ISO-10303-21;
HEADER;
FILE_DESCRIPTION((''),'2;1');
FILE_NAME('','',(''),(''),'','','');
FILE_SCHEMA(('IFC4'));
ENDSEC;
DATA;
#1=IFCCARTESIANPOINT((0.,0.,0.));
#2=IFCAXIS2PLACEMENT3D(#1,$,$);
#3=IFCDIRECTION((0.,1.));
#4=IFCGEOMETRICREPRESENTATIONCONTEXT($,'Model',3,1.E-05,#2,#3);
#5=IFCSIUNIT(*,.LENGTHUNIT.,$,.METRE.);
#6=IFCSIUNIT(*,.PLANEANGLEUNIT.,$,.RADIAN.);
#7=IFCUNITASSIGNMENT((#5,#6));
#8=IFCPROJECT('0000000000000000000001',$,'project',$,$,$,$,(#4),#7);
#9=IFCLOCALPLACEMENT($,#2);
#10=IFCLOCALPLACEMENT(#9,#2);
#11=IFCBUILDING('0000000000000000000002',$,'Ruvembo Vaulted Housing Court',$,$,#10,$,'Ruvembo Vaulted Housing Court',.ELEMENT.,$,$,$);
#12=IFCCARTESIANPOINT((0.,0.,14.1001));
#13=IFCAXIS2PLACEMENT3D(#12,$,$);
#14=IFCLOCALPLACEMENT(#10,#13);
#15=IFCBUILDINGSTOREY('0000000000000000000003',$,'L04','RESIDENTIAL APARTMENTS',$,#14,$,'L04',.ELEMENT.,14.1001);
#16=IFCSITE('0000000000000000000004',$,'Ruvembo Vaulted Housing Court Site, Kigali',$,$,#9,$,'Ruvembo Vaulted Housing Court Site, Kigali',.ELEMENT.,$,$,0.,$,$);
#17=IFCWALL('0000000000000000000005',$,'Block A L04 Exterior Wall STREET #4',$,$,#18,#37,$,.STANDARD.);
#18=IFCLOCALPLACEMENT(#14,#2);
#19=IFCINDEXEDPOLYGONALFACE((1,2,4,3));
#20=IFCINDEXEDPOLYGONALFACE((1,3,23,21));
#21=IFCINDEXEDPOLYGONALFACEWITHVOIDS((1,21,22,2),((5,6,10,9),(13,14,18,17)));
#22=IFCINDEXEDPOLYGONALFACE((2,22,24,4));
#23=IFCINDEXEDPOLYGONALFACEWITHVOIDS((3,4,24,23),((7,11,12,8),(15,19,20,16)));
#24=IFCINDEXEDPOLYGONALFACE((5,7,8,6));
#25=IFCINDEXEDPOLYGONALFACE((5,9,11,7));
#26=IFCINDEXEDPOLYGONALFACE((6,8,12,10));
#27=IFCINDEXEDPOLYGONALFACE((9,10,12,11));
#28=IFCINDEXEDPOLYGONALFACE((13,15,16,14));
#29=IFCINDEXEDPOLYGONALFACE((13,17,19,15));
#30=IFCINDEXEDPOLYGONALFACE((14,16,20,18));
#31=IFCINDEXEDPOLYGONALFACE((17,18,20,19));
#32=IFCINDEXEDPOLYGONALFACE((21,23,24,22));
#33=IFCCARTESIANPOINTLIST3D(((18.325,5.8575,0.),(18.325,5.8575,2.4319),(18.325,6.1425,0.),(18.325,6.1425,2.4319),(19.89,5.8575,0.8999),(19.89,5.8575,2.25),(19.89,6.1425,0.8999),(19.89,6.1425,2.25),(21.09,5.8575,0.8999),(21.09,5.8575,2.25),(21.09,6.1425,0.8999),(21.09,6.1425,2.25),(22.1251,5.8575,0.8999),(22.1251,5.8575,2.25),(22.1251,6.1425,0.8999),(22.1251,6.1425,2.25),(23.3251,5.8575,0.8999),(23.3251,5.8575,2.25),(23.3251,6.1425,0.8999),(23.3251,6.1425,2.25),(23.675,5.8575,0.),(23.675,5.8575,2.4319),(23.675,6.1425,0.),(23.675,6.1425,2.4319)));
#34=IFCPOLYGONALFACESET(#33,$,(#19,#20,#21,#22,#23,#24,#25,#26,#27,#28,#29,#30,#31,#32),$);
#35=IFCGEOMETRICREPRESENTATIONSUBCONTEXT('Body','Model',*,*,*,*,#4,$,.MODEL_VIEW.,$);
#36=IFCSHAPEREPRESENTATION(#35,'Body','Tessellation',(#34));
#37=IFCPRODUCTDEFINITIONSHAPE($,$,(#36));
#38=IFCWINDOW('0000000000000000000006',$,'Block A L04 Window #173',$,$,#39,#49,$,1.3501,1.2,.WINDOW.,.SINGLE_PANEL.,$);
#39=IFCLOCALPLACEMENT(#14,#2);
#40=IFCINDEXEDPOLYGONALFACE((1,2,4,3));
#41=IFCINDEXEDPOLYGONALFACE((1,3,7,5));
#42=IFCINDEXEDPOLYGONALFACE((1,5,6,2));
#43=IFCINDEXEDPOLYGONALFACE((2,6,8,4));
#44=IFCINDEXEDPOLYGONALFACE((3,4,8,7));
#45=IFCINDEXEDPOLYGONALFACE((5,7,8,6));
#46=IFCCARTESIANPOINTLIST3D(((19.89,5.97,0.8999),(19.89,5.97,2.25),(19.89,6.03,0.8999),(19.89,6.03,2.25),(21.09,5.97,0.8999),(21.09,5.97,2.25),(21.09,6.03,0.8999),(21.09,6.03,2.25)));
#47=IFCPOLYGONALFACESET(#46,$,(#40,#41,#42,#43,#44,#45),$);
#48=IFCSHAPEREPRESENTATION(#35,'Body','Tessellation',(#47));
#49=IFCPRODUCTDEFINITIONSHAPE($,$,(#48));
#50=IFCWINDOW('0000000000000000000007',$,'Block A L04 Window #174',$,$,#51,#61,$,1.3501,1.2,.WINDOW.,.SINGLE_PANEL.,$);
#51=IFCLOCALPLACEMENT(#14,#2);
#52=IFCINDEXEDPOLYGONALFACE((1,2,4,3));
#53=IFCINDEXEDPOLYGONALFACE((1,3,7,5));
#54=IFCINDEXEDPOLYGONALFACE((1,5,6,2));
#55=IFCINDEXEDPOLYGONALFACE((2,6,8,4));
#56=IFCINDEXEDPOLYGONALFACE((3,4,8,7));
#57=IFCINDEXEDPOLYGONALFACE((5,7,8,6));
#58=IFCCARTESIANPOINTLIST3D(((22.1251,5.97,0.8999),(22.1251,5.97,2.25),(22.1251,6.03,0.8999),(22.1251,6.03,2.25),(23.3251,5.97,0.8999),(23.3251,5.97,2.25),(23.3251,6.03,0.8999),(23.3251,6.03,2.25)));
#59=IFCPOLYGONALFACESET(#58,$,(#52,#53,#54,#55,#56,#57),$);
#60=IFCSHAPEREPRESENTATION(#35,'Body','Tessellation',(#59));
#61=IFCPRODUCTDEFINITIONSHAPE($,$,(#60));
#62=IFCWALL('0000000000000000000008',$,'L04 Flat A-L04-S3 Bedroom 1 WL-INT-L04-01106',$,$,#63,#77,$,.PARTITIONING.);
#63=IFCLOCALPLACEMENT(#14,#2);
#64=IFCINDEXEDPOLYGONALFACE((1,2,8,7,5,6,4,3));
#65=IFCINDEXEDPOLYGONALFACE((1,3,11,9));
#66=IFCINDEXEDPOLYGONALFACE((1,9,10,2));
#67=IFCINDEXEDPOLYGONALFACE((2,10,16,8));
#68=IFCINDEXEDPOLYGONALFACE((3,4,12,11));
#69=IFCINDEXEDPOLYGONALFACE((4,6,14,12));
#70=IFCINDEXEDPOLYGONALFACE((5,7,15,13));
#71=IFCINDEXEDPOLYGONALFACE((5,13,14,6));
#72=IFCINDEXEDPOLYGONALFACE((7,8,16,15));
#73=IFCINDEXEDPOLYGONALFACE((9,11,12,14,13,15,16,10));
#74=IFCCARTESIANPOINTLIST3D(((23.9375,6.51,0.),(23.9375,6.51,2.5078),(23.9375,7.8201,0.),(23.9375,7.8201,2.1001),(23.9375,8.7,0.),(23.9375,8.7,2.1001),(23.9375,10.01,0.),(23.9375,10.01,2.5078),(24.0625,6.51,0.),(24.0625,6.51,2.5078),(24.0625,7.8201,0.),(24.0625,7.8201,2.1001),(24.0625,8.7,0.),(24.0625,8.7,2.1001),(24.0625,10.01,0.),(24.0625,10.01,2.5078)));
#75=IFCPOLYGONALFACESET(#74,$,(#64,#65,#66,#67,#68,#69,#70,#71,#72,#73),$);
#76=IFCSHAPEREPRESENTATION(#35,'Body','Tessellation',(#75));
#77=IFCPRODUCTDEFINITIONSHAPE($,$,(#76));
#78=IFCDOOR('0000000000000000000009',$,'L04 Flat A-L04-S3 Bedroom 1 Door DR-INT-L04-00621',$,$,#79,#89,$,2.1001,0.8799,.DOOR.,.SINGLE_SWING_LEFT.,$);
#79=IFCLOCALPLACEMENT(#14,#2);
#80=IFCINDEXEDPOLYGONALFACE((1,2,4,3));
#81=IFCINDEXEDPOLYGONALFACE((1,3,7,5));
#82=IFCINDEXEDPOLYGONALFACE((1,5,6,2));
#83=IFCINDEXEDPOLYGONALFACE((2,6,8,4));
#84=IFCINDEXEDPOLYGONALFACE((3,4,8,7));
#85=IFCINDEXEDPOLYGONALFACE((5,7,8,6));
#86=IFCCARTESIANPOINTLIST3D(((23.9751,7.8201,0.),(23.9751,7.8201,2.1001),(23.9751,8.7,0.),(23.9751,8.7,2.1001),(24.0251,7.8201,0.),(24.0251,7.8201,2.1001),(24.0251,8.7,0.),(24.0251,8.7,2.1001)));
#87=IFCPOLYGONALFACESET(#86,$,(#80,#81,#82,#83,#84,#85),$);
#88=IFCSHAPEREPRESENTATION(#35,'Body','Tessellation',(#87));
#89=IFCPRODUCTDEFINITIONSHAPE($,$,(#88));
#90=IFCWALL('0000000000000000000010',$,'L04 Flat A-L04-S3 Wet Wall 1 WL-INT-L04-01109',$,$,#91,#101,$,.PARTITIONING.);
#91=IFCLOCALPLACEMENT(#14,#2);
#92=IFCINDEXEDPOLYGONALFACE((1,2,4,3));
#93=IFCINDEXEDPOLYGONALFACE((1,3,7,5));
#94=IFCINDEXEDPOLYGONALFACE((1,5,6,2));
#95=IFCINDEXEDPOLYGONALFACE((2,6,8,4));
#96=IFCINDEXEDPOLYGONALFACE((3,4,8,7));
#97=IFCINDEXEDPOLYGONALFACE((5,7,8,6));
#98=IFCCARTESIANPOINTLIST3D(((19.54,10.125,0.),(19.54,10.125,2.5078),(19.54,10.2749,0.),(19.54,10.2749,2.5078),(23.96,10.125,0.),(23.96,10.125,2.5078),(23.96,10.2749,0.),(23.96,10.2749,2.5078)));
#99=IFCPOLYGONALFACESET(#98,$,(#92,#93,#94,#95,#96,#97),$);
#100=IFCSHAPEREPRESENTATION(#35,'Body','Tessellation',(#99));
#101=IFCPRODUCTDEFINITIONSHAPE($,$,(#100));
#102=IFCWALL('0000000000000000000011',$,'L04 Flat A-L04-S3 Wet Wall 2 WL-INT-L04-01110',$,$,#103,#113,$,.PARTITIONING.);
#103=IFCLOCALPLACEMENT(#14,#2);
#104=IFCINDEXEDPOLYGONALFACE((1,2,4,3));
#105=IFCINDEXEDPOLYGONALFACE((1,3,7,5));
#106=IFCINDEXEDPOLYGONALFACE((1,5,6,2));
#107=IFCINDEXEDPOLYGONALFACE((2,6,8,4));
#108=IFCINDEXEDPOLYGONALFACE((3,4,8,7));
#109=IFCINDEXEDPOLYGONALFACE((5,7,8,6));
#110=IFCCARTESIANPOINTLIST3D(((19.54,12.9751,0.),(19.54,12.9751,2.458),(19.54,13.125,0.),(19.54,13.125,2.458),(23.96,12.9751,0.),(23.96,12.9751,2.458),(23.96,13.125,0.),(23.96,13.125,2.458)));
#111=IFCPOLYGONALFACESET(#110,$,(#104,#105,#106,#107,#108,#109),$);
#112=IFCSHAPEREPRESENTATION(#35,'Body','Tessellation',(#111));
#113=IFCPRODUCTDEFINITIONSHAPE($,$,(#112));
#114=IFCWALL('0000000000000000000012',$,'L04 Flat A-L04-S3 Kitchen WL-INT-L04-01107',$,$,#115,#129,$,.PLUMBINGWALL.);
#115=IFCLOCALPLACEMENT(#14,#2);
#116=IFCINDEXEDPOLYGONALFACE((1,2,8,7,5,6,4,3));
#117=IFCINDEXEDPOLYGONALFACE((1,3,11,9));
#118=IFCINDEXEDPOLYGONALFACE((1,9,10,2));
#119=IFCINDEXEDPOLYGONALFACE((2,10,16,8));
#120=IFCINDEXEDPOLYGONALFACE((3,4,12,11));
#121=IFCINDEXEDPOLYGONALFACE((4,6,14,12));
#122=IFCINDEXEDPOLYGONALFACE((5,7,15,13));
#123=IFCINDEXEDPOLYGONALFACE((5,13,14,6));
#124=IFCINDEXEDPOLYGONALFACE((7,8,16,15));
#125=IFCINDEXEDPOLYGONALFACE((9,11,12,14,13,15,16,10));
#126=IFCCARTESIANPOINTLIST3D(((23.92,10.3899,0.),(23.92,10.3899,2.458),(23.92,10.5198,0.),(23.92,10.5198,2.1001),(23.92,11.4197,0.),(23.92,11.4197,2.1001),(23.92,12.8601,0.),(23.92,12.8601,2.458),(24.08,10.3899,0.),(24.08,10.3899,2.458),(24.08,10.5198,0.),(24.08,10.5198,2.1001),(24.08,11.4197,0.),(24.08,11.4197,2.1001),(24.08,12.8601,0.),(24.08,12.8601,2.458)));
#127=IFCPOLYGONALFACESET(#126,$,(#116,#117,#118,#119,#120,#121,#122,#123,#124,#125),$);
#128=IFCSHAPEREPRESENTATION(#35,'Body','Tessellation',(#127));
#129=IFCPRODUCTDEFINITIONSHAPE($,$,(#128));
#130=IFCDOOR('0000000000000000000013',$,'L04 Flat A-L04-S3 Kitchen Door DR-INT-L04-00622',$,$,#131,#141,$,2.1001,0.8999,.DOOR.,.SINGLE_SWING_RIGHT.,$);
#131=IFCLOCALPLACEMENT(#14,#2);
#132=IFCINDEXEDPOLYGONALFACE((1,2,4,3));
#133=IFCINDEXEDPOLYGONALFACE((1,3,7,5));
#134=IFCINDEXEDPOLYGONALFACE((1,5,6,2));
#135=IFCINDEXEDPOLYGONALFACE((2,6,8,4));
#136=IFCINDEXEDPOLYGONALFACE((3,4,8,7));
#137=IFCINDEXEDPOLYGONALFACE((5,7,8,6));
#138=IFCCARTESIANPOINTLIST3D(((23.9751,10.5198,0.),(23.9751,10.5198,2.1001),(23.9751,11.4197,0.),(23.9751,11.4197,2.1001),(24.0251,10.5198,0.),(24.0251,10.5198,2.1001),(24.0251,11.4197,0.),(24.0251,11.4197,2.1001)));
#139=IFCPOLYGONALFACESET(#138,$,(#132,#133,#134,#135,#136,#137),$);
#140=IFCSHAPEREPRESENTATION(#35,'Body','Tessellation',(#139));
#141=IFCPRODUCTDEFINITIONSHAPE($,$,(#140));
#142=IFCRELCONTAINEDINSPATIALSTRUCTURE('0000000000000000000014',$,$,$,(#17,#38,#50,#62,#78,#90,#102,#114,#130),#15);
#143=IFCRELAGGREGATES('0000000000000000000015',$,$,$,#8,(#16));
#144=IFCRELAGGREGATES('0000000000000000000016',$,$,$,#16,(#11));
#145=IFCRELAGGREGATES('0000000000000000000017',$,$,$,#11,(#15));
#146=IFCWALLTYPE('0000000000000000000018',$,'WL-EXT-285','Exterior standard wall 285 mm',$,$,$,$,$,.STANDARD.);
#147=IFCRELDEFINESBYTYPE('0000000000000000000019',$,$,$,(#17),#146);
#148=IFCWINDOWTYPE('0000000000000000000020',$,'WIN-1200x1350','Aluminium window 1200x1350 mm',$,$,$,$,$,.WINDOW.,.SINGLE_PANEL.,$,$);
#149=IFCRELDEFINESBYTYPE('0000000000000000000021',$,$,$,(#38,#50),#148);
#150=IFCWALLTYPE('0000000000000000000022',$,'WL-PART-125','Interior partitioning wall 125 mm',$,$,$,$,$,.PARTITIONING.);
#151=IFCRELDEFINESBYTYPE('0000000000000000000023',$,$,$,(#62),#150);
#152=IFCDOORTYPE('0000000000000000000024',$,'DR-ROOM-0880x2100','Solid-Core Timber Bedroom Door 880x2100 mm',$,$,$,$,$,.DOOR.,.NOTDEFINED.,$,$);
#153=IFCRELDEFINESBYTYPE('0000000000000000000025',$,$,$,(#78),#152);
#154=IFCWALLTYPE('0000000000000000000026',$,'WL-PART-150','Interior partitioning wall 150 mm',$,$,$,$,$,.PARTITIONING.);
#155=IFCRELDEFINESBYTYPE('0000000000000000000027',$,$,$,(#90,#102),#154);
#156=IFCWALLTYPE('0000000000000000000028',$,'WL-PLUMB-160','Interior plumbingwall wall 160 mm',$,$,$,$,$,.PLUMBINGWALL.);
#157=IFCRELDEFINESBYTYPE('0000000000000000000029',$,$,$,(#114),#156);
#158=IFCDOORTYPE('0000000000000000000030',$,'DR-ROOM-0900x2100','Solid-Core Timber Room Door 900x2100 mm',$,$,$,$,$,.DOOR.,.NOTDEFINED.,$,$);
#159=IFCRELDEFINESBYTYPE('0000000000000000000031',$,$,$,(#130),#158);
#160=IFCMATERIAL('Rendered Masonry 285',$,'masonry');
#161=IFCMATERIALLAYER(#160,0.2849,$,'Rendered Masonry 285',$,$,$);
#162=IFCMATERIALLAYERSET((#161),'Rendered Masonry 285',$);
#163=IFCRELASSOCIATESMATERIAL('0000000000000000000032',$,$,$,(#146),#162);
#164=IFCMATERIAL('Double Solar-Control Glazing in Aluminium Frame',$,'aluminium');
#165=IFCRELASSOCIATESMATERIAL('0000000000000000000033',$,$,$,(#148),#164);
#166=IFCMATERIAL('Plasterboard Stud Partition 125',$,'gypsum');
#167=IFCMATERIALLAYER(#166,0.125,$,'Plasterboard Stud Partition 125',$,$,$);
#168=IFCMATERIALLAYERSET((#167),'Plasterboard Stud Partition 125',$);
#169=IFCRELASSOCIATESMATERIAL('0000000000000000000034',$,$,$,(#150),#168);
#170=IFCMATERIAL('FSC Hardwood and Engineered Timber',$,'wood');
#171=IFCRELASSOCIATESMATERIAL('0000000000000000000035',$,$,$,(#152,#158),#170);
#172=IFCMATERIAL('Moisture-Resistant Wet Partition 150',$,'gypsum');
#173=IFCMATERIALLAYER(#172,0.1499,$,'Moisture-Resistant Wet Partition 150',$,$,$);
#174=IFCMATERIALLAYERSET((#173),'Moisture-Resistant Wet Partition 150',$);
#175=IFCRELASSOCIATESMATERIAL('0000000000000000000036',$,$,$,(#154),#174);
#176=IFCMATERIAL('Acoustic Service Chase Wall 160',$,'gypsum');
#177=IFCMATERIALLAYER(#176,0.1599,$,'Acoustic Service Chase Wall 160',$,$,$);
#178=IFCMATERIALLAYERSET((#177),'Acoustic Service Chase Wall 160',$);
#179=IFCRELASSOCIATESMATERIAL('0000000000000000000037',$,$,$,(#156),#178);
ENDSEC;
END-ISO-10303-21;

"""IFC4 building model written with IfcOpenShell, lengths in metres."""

from ifc_helpers import new_model, si_unit, direction, frame, frame_2d, origin, place, context, subcontext, project, spatial, rectangle, extrude, material, layer, layer_set, type_object, element, fill, save


model = new_model("IFC4")

# Units and contexts
model_context = context("Model", 3, precision=1e-05, world=origin(), true_north=direction((0.0, 1.0)))
body_context = subcontext(model_context, "Body", "Model", "MODEL_VIEW")
ifc_project = project(units=[si_unit("LENGTHUNIT", "METRE"), si_unit("PLANEANGLEUNIT", "RADIAN")], contexts=[model_context])

# Site, building, storey
site_placement = place(None, origin())
site = spatial("IfcSite", under=ifc_project, at=site_placement, Name="Ruvembo Vaulted Housing Court Site, Kigali", LongName="Ruvembo Vaulted Housing Court Site, Kigali", CompositionType="ELEMENT", RefElevation=0.0)
building_placement = place(site_placement, origin())
building = spatial("IfcBuilding", under=site, at=building_placement, Name="Ruvembo Vaulted Housing Court", LongName="Ruvembo Vaulted Housing Court", CompositionType="ELEMENT")
storey_placement = place(building_placement, frame((0.0, 0.0, 14.1001)))
storey = spatial("IfcBuildingStorey", under=building, at=storey_placement, Name="L04", Description="RESIDENTIAL APARTMENTS", LongName="L04", CompositionType="ELEMENT", Elevation=14.1001)

# Wall, openings, windows
ifc_material_1 = material(Name="Rendered Masonry 285", Category="masonry")
ifc_layer_1 = layer(ifc_material_1, 0.2849, Name="Rendered Masonry 285")
ifc_layer_set_1 = layer_set([ifc_layer_1], Name="Rendered Masonry 285")
wall_type_1 = type_object("IfcWallType", Name="WL-EXT-285", Description="Exterior standard wall 285 mm", PredefinedType="STANDARD", material=ifc_layer_set_1)
wall_1_placement = place(storey_placement, frame((18.325, 6.0, 0.0), z_axis=(0.0, 0.0, 1.0), x_axis=(1.0, 0.0, 0.0)))
wall_1 = element("IfcWall", 1, at=wall_1_placement, inside=storey, type_object=wall_type_1, Name="Block A L04 Exterior Wall STREET #4", PredefinedType="STANDARD", context=body_context, shape_type="SweptSolid", body=[
    extrude(rectangle(XDim=5.3501, YDim=0.2849, at=frame_2d((2.675, 0.0))), origin(), (0.0, 0.0, 1.0), 2.4319),
])
opening_1_placement = place(wall_1_placement, frame((1.5649, 0.0, 0.8999)))
opening_1 = element("IfcOpeningElement", 2, at=opening_1_placement, cuts=wall_1, PredefinedType="OPENING", context=body_context, shape_type="SweptSolid", body=[
    extrude(rectangle(XDim=1.2, YDim=1.3501, at=frame_2d((0.6001, 0.675))), frame((0.0, 0.1523, 0.0), z_axis=(0.0, -1.0, 0.0), x_axis=(1.0, 0.0, 0.0)), (0.0, 0.0, 1.0), 0.3049),
])
opening_2_placement = place(wall_1_placement, frame((3.8, 0.0, 0.8999)))
opening_2 = element("IfcOpeningElement", 3, at=opening_2_placement, cuts=wall_1, PredefinedType="OPENING", context=body_context, shape_type="SweptSolid", body=[
    extrude(rectangle(XDim=1.2, YDim=1.3501, at=frame_2d((0.6001, 0.675))), frame((0.0, 0.1523, 0.0), z_axis=(0.0, -1.0, 0.0), x_axis=(1.0, 0.0, 0.0)), (0.0, 0.0, 1.0), 0.3049),
])
ifc_material_2 = material(Name="Double Solar-Control Glazing in Aluminium Frame", Category="aluminium")
window_type = type_object("IfcWindowType", Name="WIN-1200x1350", Description="Aluminium window 1200x1350 mm", PartitioningType="SINGLE_PANEL", PredefinedType="WINDOW", material=ifc_material_2)
window_1_placement = place(opening_1_placement, origin())
window_1 = element("IfcWindow", 4, at=window_1_placement, inside=storey, type_object=window_type, Name="Block A L04 Window #173", OverallHeight=1.3501, OverallWidth=1.2, PartitioningType="SINGLE_PANEL", PredefinedType="WINDOW", context=body_context, shape_type="SweptSolid", body=[
    extrude(rectangle(XDim=1.2, YDim=1.3501, at=frame_2d((0.6001, 0.675))), frame((0.0, 0.03, 0.0), z_axis=(0.0, -1.0, 0.0), x_axis=(1.0, 0.0, 0.0)), (0.0, 0.0, 1.0), 0.0601),
])
fill(opening_1, window_1)
window_2_placement = place(opening_2_placement, origin())
window_2 = element("IfcWindow", 5, at=window_2_placement, inside=storey, type_object=window_type, Name="Block A L04 Window #174", OverallHeight=1.3501, OverallWidth=1.2, PartitioningType="SINGLE_PANEL", PredefinedType="WINDOW", context=body_context, shape_type="SweptSolid", body=[
    extrude(rectangle(XDim=1.2, YDim=1.3501, at=frame_2d((0.6001, 0.675))), frame((0.0, 0.03, 0.0), z_axis=(0.0, -1.0, 0.0), x_axis=(1.0, 0.0, 0.0)), (0.0, 0.0, 1.0), 0.0601),
])
fill(opening_2, window_2)

# Wall, opening, door
ifc_material_3 = material(Name="Plasterboard Stud Partition 125", Category="gypsum")
ifc_layer_2 = layer(ifc_material_3, 0.125, Name="Plasterboard Stud Partition 125")
ifc_layer_set_2 = layer_set([ifc_layer_2], Name="Plasterboard Stud Partition 125")
wall_type_2 = type_object("IfcWallType", Name="WL-PART-125", Description="Interior partitioning wall 125 mm", PredefinedType="PARTITIONING", material=ifc_layer_set_2)
wall_2_placement = place(storey_placement, frame((24.0, 6.51, 0.0), z_axis=(0.0, 0.0, 1.0), x_axis=(0.0, 1.0, 0.0)))
wall_2 = element("IfcWall", 6, at=wall_2_placement, inside=storey, type_object=wall_type_2, Name="L04 Flat A-L04-S3 Bedroom 1 WL-INT-L04-01106", PredefinedType="PARTITIONING", context=body_context, shape_type="SweptSolid", body=[
    extrude(rectangle(XDim=3.5, YDim=0.125, at=frame_2d((1.75, 0.0))), origin(), (0.0, 0.0, 1.0), 2.5078),
])
opening_3_placement = place(wall_2_placement, frame((1.3101, 0.0, 0.0)))
opening_3 = element("IfcOpeningElement", 7, at=opening_3_placement, cuts=wall_2, PredefinedType="OPENING", context=body_context, shape_type="SweptSolid", body=[
    extrude(rectangle(XDim=0.8799, YDim=2.1001, at=frame_2d((0.4399, 1.05))), frame((0.0, 0.0725, 0.0), z_axis=(0.0, -1.0, 0.0), x_axis=(1.0, 0.0, 0.0)), (0.0, 0.0, 1.0), 0.145),
])
ifc_material_4 = material(Name="FSC Hardwood and Engineered Timber", Category="wood")
door_type_1 = type_object("IfcDoorType", Name="DR-ROOM-0880x2100", Description="Solid-Core Timber Bedroom Door 880x2100 mm", OperationType="NOTDEFINED", PredefinedType="DOOR", material=ifc_material_4)
door_1_placement = place(opening_3_placement, origin())
door_1 = element("IfcDoor", 8, at=door_1_placement, inside=storey, type_object=door_type_1, Name="L04 Flat A-L04-S3 Bedroom 1 Door DR-INT-L04-00621", OperationType="SINGLE_SWING_LEFT", OverallHeight=2.1001, OverallWidth=0.8799, PredefinedType="DOOR", context=body_context, shape_type="SweptSolid", body=[
    extrude(rectangle(XDim=0.8799, YDim=2.1001, at=frame_2d((0.4399, 1.05))), frame((0.0, 0.0249, 0.0), z_axis=(0.0, -1.0, 0.0), x_axis=(1.0, 0.0, 0.0)), (0.0, 0.0, 1.0), 0.05),
])
fill(opening_3, door_1)

# Walls
ifc_material_5 = material(Name="Moisture-Resistant Wet Partition 150", Category="gypsum")
ifc_layer_3 = layer(ifc_material_5, 0.1499, Name="Moisture-Resistant Wet Partition 150")
ifc_layer_set_3 = layer_set([ifc_layer_3], Name="Moisture-Resistant Wet Partition 150")
wall_type_3 = type_object("IfcWallType", Name="WL-PART-150", Description="Interior partitioning wall 150 mm", PredefinedType="PARTITIONING", material=ifc_layer_set_3)
wall_3_placement = place(storey_placement, frame((19.54, 10.2, 0.0), z_axis=(0.0, 0.0, 1.0), x_axis=(1.0, 0.0, 0.0)))
element("IfcWall", 9, at=wall_3_placement, inside=storey, type_object=wall_type_3, Name="L04 Flat A-L04-S3 Wet Wall 1 WL-INT-L04-01109", PredefinedType="PARTITIONING", context=body_context, shape_type="SweptSolid", body=[
    extrude(rectangle(XDim=4.4199, YDim=0.1499, at=frame_2d((2.21, 0.0))), origin(), (0.0, 0.0, 1.0), 2.5078),
])
wall_4_placement = place(storey_placement, frame((19.54, 13.05, 0.0), z_axis=(0.0, 0.0, 1.0), x_axis=(1.0, 0.0, 0.0)))
element("IfcWall", 10, at=wall_4_placement, inside=storey, type_object=wall_type_3, Name="L04 Flat A-L04-S3 Wet Wall 2 WL-INT-L04-01110", PredefinedType="PARTITIONING", context=body_context, shape_type="SweptSolid", body=[
    extrude(rectangle(XDim=4.4199, YDim=0.1499, at=frame_2d((2.21, 0.0))), origin(), (0.0, 0.0, 1.0), 2.458),
])

# Wall, opening, door
ifc_material_6 = material(Name="Acoustic Service Chase Wall 160", Category="gypsum")
ifc_layer_4 = layer(ifc_material_6, 0.1599, Name="Acoustic Service Chase Wall 160")
ifc_layer_set_4 = layer_set([ifc_layer_4], Name="Acoustic Service Chase Wall 160")
wall_type_4 = type_object("IfcWallType", Name="WL-PLUMB-160", Description="Interior plumbingwall wall 160 mm", PredefinedType="PLUMBINGWALL", material=ifc_layer_set_4)
wall_5_placement = place(storey_placement, frame((24.0, 10.3899, 0.0), z_axis=(0.0, 0.0, 1.0), x_axis=(0.0, 1.0, 0.0)))
wall_5 = element("IfcWall", 11, at=wall_5_placement, inside=storey, type_object=wall_type_4, Name="L04 Flat A-L04-S3 Kitchen WL-INT-L04-01107", PredefinedType="PLUMBINGWALL", context=body_context, shape_type="SweptSolid", body=[
    extrude(rectangle(XDim=2.4702, YDim=0.1599, at=frame_2d((1.2351, 0.0))), origin(), (0.0, 0.0, 1.0), 2.458),
])
opening_4_placement = place(wall_5_placement, frame((0.1299, 0.0, 0.0)))
opening_4 = element("IfcOpeningElement", 12, at=opening_4_placement, cuts=wall_5, PredefinedType="OPENING", context=body_context, shape_type="SweptSolid", body=[
    extrude(rectangle(XDim=0.8999, YDim=2.1001, at=frame_2d((0.45, 1.05))), frame((0.0, 0.0898, 0.0), z_axis=(0.0, -1.0, 0.0), x_axis=(1.0, 0.0, 0.0)), (0.0, 0.0, 1.0), 0.1799),
])
door_type_2 = type_object("IfcDoorType", Name="DR-ROOM-0900x2100", Description="Solid-Core Timber Room Door 900x2100 mm", OperationType="NOTDEFINED", PredefinedType="DOOR", material=ifc_material_4)
door_2_placement = place(opening_4_placement, origin())
door_2 = element("IfcDoor", 13, at=door_2_placement, inside=storey, type_object=door_type_2, Name="L04 Flat A-L04-S3 Kitchen Door DR-INT-L04-00622", OperationType="SINGLE_SWING_RIGHT", OverallHeight=2.1001, OverallWidth=0.8999, PredefinedType="DOOR", context=body_context, shape_type="SweptSolid", body=[
    extrude(rectangle(XDim=0.8999, YDim=2.1001, at=frame_2d((0.45, 1.05))), frame((0.0, 0.0249, 0.0), z_axis=(0.0, -1.0, 0.0), x_axis=(1.0, 0.0, 0.0)), (0.0, 0.0, 1.0), 0.05),
])
fill(opening_4, door_2)

save(model, "model.ifc")
